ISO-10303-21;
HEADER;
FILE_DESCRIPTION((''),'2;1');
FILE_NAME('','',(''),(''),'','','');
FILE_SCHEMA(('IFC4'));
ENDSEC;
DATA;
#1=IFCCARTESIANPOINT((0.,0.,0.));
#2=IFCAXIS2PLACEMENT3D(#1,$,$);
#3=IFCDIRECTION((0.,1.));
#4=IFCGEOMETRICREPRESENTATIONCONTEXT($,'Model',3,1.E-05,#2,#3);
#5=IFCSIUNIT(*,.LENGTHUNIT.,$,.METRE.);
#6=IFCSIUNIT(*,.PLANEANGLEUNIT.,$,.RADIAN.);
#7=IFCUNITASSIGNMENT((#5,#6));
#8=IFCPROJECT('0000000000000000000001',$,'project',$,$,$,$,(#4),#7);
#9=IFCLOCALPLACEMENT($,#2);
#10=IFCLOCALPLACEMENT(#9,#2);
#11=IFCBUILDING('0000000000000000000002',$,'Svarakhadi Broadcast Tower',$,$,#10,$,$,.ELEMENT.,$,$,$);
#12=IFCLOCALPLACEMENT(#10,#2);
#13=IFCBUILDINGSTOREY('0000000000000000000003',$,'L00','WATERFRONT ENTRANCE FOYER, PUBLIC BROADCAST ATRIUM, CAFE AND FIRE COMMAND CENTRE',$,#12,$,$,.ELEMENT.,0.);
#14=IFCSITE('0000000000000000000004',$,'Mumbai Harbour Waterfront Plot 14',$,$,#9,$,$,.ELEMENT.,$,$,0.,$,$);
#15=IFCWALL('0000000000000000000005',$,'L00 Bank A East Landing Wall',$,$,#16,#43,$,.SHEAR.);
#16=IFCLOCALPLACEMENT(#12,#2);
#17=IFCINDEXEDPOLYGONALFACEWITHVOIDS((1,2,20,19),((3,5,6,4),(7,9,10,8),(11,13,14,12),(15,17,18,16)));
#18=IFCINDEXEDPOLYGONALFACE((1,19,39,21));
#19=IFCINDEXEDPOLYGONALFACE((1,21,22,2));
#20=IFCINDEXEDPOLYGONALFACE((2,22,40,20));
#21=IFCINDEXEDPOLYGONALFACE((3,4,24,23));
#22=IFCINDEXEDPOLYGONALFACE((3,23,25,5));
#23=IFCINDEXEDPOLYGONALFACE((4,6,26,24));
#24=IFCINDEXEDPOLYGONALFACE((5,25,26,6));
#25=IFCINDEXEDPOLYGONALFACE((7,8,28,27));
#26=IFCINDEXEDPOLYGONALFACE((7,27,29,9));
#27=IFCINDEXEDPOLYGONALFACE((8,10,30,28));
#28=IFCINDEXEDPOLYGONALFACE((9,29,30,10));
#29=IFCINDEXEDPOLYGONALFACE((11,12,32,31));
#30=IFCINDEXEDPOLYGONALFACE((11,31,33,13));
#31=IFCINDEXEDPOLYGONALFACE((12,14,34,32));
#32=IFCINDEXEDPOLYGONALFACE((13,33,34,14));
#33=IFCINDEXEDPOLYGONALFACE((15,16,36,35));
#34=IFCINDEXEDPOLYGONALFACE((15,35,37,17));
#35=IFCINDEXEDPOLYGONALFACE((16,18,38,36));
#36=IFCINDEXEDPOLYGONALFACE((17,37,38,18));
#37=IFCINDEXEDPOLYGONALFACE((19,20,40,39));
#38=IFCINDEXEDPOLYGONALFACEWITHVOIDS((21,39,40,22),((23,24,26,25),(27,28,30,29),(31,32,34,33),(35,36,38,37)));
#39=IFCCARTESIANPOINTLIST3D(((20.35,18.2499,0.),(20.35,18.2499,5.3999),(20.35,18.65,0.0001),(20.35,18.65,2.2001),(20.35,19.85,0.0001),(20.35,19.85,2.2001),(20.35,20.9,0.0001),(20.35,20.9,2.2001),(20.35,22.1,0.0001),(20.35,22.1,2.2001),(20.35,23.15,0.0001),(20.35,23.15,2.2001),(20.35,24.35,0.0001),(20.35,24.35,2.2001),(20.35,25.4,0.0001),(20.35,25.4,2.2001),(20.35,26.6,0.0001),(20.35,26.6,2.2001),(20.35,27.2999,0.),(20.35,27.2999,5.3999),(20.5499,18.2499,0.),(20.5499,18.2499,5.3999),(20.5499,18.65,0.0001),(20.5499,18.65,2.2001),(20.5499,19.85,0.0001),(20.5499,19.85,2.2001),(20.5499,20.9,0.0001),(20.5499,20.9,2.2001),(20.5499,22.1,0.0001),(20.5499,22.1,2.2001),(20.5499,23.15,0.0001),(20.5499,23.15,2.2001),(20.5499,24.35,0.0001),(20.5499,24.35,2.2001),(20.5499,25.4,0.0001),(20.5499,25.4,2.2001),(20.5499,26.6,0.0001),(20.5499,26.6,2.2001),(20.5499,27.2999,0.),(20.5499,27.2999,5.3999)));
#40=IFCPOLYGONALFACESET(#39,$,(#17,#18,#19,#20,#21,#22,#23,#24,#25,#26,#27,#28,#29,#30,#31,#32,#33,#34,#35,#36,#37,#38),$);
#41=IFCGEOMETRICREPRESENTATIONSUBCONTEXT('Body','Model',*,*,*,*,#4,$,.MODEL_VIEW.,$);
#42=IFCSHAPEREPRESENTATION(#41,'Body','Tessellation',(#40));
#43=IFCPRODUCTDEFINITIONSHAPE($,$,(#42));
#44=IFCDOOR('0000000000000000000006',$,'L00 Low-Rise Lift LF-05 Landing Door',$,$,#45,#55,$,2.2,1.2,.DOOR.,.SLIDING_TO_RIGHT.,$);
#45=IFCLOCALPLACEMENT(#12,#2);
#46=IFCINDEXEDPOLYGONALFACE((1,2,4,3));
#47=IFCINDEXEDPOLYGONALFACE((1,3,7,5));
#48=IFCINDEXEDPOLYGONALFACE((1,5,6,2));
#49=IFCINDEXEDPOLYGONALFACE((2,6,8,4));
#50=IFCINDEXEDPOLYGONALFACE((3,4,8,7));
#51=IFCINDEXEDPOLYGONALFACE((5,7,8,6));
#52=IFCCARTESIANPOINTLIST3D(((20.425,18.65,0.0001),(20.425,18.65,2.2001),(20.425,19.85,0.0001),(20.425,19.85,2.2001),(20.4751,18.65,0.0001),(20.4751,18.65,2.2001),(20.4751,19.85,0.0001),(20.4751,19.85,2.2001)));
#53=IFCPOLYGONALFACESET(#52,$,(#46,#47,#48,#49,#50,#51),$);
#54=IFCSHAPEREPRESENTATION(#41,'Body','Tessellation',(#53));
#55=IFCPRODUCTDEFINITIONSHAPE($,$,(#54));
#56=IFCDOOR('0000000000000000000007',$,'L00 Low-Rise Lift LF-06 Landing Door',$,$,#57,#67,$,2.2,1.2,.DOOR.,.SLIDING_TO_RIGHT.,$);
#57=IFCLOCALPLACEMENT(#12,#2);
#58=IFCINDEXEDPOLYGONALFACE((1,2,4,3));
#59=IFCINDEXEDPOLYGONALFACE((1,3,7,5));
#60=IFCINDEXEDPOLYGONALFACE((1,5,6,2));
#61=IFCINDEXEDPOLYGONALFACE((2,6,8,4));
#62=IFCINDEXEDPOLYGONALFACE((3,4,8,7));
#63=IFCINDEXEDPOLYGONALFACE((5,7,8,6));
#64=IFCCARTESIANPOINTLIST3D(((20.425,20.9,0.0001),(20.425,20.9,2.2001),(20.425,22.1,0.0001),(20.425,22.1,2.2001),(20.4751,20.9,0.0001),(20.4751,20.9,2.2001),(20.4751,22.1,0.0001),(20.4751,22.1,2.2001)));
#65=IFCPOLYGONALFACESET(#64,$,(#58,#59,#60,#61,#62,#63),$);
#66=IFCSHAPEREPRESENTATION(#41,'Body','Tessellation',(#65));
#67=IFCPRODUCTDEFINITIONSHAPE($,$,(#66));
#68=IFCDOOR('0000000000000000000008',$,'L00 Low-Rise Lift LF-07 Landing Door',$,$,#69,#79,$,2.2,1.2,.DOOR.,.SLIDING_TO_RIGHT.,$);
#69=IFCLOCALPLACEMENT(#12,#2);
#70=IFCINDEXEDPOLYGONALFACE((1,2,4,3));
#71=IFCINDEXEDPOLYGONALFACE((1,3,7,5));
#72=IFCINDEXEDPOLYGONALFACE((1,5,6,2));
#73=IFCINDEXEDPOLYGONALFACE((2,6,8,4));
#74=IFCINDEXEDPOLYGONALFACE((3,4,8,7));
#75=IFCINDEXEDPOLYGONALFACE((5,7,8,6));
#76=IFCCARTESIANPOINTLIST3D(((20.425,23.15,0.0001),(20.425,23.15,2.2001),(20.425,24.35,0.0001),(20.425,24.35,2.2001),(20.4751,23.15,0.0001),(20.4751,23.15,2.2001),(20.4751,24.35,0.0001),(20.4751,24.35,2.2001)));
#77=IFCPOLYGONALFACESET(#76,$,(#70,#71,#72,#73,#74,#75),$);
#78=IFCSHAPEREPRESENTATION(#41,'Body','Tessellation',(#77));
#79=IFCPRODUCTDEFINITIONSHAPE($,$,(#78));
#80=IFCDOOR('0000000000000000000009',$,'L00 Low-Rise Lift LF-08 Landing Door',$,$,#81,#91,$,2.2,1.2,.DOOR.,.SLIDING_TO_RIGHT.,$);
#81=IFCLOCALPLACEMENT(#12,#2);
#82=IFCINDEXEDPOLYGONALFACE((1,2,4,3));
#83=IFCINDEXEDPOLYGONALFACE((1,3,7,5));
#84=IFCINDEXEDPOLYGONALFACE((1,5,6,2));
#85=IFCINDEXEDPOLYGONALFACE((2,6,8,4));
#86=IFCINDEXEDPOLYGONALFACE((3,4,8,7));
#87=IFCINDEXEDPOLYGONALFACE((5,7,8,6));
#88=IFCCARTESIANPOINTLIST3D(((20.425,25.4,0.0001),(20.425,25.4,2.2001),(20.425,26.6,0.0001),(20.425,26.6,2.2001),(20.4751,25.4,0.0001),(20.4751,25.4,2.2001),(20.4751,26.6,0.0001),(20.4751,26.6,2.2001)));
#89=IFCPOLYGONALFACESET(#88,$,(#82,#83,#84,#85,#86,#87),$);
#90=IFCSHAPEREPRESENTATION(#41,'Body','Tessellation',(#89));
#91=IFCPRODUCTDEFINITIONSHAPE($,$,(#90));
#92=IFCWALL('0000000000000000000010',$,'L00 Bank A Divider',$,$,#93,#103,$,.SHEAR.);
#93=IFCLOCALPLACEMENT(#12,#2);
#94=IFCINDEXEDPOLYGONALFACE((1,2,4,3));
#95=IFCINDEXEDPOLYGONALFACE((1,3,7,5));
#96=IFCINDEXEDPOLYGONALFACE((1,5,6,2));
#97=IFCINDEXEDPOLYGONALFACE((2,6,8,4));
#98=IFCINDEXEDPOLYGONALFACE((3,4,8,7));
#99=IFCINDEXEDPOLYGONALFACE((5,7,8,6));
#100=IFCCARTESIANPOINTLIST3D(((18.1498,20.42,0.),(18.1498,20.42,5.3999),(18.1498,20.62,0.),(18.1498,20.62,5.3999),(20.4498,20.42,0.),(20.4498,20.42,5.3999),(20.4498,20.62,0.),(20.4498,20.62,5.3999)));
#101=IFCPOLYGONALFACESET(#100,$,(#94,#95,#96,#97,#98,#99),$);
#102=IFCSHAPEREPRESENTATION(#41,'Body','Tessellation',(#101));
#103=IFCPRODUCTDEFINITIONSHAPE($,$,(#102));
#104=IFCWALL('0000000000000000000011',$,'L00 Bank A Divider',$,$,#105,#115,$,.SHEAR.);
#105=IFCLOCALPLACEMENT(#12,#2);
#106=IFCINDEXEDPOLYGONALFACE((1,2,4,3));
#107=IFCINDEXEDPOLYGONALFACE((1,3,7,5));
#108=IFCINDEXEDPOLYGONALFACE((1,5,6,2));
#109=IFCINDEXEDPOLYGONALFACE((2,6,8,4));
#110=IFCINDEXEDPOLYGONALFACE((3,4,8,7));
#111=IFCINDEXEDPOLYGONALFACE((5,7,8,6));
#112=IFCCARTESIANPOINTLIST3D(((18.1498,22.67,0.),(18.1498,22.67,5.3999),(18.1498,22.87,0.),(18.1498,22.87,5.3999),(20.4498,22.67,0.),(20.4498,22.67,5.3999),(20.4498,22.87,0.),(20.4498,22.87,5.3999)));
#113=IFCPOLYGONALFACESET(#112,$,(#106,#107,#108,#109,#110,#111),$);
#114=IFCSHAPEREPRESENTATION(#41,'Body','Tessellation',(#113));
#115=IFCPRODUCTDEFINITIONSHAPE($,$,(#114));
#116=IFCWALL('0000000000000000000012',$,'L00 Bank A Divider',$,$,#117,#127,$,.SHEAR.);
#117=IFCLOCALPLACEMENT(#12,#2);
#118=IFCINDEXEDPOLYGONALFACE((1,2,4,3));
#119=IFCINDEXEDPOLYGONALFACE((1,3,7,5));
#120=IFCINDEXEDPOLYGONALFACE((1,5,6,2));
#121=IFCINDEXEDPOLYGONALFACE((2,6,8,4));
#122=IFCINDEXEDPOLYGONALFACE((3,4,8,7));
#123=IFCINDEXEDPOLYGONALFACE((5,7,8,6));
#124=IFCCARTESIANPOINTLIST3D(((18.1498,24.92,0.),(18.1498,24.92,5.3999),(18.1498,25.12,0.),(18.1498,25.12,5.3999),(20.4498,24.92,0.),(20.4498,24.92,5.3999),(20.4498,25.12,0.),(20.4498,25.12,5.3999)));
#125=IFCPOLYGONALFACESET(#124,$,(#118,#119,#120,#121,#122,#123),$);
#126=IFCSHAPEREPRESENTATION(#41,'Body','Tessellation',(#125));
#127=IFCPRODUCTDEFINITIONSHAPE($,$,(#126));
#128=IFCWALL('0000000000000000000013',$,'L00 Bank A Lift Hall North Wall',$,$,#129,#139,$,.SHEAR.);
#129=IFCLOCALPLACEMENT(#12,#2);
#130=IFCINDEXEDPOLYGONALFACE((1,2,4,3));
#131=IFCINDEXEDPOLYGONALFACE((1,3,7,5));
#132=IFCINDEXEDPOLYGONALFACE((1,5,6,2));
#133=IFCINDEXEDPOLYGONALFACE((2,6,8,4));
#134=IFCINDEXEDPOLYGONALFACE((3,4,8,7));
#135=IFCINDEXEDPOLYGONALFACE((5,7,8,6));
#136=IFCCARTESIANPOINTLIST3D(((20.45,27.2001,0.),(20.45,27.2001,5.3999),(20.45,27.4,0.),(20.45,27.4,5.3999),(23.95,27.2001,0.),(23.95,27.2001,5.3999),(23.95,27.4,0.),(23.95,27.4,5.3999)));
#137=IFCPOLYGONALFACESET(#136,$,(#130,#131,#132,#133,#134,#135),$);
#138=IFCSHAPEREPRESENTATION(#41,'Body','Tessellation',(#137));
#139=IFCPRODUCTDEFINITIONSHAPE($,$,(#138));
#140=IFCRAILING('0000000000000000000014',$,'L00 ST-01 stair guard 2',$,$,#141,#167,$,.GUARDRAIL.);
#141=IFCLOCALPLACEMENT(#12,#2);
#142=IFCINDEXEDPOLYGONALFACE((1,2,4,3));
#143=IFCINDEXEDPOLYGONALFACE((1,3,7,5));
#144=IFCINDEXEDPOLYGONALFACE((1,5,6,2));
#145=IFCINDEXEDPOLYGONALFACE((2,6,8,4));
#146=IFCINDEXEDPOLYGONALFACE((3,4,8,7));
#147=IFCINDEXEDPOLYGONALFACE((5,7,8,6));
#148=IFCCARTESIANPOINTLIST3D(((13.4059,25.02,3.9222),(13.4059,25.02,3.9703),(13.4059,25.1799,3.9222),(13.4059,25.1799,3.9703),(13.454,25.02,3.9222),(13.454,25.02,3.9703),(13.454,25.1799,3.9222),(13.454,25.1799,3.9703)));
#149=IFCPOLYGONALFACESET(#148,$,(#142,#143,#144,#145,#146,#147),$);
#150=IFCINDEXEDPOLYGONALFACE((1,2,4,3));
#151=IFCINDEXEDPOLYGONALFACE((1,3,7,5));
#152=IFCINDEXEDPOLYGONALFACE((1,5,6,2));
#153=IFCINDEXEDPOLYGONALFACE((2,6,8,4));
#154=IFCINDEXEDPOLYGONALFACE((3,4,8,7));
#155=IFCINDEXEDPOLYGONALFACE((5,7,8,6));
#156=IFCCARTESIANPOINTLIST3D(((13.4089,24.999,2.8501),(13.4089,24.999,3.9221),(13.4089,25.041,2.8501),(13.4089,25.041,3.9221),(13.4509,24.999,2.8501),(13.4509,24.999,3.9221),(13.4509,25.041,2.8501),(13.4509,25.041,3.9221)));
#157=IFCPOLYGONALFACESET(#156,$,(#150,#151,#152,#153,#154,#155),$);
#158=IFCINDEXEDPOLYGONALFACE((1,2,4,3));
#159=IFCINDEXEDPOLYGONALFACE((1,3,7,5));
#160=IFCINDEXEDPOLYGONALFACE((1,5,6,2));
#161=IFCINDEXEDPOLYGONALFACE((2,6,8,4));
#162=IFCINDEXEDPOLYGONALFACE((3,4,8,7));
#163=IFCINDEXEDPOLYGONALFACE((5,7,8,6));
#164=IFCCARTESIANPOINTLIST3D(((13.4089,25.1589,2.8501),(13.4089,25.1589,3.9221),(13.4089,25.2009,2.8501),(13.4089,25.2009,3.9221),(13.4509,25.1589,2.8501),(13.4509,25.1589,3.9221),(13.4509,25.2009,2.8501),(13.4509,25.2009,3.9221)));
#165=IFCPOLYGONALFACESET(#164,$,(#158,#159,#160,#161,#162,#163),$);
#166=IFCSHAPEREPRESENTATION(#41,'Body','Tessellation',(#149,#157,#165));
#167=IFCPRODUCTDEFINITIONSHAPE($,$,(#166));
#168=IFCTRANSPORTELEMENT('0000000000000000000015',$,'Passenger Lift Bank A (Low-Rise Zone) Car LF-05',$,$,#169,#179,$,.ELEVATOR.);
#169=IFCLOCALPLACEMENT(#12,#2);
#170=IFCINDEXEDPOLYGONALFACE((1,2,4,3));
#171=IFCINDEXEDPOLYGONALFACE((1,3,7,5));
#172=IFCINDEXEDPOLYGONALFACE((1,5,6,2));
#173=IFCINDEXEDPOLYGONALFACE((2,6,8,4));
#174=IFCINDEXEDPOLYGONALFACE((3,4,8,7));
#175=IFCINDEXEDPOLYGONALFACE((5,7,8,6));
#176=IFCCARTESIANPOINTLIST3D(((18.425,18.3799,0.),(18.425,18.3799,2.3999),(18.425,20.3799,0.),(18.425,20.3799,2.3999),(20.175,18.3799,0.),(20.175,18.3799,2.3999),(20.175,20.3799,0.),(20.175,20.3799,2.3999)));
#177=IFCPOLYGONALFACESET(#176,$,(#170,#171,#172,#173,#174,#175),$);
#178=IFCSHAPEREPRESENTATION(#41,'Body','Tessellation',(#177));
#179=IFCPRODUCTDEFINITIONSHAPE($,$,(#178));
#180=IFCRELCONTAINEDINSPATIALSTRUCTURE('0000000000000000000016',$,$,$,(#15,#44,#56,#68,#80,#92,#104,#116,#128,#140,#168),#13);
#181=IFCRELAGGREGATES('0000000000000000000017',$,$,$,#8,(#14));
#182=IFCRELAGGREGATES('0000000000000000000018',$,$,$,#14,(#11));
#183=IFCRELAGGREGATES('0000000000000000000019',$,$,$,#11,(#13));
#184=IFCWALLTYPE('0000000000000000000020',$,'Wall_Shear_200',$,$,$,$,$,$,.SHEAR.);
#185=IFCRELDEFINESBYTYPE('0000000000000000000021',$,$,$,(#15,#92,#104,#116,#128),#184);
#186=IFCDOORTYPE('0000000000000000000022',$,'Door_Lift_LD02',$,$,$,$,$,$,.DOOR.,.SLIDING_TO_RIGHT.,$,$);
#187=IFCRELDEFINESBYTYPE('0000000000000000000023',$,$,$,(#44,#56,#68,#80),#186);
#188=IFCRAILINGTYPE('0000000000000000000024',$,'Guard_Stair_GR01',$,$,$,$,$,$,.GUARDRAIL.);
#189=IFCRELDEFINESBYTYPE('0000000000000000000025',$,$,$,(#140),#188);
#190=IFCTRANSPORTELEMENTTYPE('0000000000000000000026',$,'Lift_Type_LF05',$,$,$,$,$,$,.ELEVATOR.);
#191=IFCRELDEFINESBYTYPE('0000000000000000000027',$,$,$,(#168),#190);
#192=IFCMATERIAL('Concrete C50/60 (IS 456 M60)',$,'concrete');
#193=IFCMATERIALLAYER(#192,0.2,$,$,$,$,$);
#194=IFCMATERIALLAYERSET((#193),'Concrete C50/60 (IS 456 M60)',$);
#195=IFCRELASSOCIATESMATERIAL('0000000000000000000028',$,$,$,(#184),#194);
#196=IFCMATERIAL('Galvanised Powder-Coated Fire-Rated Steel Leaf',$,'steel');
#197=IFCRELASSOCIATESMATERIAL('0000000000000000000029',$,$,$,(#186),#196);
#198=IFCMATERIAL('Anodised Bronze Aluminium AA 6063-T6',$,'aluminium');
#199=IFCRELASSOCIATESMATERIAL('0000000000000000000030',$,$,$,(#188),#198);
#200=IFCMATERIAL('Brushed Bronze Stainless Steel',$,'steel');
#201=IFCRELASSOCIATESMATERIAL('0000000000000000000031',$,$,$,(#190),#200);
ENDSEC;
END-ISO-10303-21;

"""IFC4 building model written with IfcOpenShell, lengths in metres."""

from ifc_helpers import new_model, si_unit, direction, frame, frame_2d, origin, origin_2d, place, context, subcontext, project, spatial, rectangle, extrude, material, layer, layer_set, type_object, element, fill, save


model = new_model("IFC4")

# Units and contexts
model_context = context("Model", 3, precision=1e-05, world=origin(), true_north=direction((0.0, 1.0)))
body_context = subcontext(model_context, "Body", "Model", "MODEL_VIEW")
ifc_project = project(units=[si_unit("LENGTHUNIT", "METRE"), si_unit("PLANEANGLEUNIT", "RADIAN")], contexts=[model_context])

# Site, building, storey
site_placement = place(None, origin())
site = spatial("IfcSite", under=ifc_project, at=site_placement, Name="Mumbai Harbour Waterfront Plot 14", CompositionType="ELEMENT", RefElevation=0.0)
building_placement = place(site_placement, origin())
building = spatial("IfcBuilding", under=site, at=building_placement, Name="Svarakhadi Broadcast Tower", CompositionType="ELEMENT")
storey_placement = place(building_placement, origin())
storey = spatial("IfcBuildingStorey", under=building, at=storey_placement, Name="L00", Description="WATERFRONT ENTRANCE FOYER, PUBLIC BROADCAST ATRIUM, CAFE AND FIRE COMMAND CENTRE", CompositionType="ELEMENT", Elevation=0.0)

# Shared definitions
ifc_material_1 = material(Name="Concrete C50/60 (IS 456 M60)", Category="concrete")
ifc_layer_1 = layer(ifc_material_1, 0.2)
ifc_layer_set_1 = layer_set([ifc_layer_1], Name="Concrete C50/60 (IS 456 M60)")
wall_type_1 = type_object("IfcWallType", Name="Wall_Shear_200", PredefinedType="SHEAR", material=ifc_layer_set_1)

# Wall, openings, doors
wall_1_placement = place(storey_placement, frame((20.45, 18.25, 0.0), z_axis=(0.0, 0.0, 1.0), x_axis=(0.0, 1.0, 0.0)))
wall_1 = element("IfcWall", 1, at=wall_1_placement, inside=storey, type_object=wall_type_1, Name="L00 Bank A East Landing Wall", PredefinedType="SHEAR", context=body_context, shape_type="SweptSolid", body=[
    extrude(rectangle(XDim=9.05, YDim=0.2, at=frame_2d((4.5249, 0.0))), origin(), (0.0, 0.0, 1.0), 5.3999),
])
opening_1_placement = place(wall_1_placement, frame((0.3999, 0.0, 0.0)))
opening_1 = element("IfcOpeningElement", 2, at=opening_1_placement, cuts=wall_1, PredefinedType="OPENING", context=body_context, shape_type="SweptSolid", body=[
    extrude(rectangle(XDim=1.2, YDim=2.2, at=frame_2d((0.6001, 1.1001))), frame((0.0, 0.1099, 0.0), z_axis=(0.0, -1.0, 0.0), x_axis=(1.0, 0.0, 0.0)), (0.0, 0.0, 1.0), 0.22),
])
opening_2_placement = place(wall_1_placement, frame((2.6499, 0.0, 0.0)))
opening_2 = element("IfcOpeningElement", 3, at=opening_2_placement, cuts=wall_1, PredefinedType="OPENING", context=body_context, shape_type="SweptSolid", body=[
    extrude(rectangle(XDim=1.2, YDim=2.2, at=frame_2d((0.6001, 1.1001))), frame((0.0, 0.1099, 0.0), z_axis=(0.0, -1.0, 0.0), x_axis=(1.0, 0.0, 0.0)), (0.0, 0.0, 1.0), 0.22),
])
opening_3_placement = place(wall_1_placement, frame((4.8999, 0.0, 0.0)))
opening_3 = element("IfcOpeningElement", 4, at=opening_3_placement, cuts=wall_1, PredefinedType="OPENING", context=body_context, shape_type="SweptSolid", body=[
    extrude(rectangle(XDim=1.2, YDim=2.2, at=frame_2d((0.6001, 1.1001))), frame((0.0, 0.1099, 0.0), z_axis=(0.0, -1.0, 0.0), x_axis=(1.0, 0.0, 0.0)), (0.0, 0.0, 1.0), 0.22),
])
opening_4_placement = place(wall_1_placement, frame((7.1499, 0.0, 0.0)))
opening_4 = element("IfcOpeningElement", 5, at=opening_4_placement, cuts=wall_1, PredefinedType="OPENING", context=body_context, shape_type="SweptSolid", body=[
    extrude(rectangle(XDim=1.2, YDim=2.2, at=frame_2d((0.6001, 1.1001))), frame((0.0, 0.1099, 0.0), z_axis=(0.0, -1.0, 0.0), x_axis=(1.0, 0.0, 0.0)), (0.0, 0.0, 1.0), 0.22),
])
ifc_material_2 = material(Name="Galvanised Powder-Coated Fire-Rated Steel Leaf", Category="steel")
door_type = type_object("IfcDoorType", Name="Door_Lift_LD02", OperationType="SLIDING_TO_RIGHT", PredefinedType="DOOR", material=ifc_material_2)
door_1_placement = place(opening_1_placement, origin())
door_1 = element("IfcDoor", 6, at=door_1_placement, inside=storey, type_object=door_type, Name="L00 Low-Rise Lift LF-05 Landing Door", OperationType="SLIDING_TO_RIGHT", OverallHeight=2.2, OverallWidth=1.2, PredefinedType="DOOR", context=body_context, shape_type="SweptSolid", body=[
    extrude(rectangle(XDim=1.2, YDim=2.2, at=frame_2d((0.6001, 1.1001))), frame((0.0, 0.0249, 0.0), z_axis=(0.0, -1.0, 0.0), x_axis=(1.0, 0.0, 0.0)), (0.0, 0.0, 1.0), 0.05),
])
fill(opening_1, door_1)
door_2_placement = place(opening_2_placement, origin())
door_2 = element("IfcDoor", 7, at=door_2_placement, inside=storey, type_object=door_type, Name="L00 Low-Rise Lift LF-06 Landing Door", OperationType="SLIDING_TO_RIGHT", OverallHeight=2.2, OverallWidth=1.2, PredefinedType="DOOR", context=body_context, shape_type="SweptSolid", body=[
    extrude(rectangle(XDim=1.2, YDim=2.2, at=frame_2d((0.6001, 1.1001))), frame((0.0, 0.0249, 0.0), z_axis=(0.0, -1.0, 0.0), x_axis=(1.0, 0.0, 0.0)), (0.0, 0.0, 1.0), 0.05),
])
fill(opening_2, door_2)
door_3_placement = place(opening_3_placement, origin())
door_3 = element("IfcDoor", 8, at=door_3_placement, inside=storey, type_object=door_type, Name="L00 Low-Rise Lift LF-07 Landing Door", OperationType="SLIDING_TO_RIGHT", OverallHeight=2.2, OverallWidth=1.2, PredefinedType="DOOR", context=body_context, shape_type="SweptSolid", body=[
    extrude(rectangle(XDim=1.2, YDim=2.2, at=frame_2d((0.6001, 1.1001))), frame((0.0, 0.0249, 0.0), z_axis=(0.0, -1.0, 0.0), x_axis=(1.0, 0.0, 0.0)), (0.0, 0.0, 1.0), 0.05),
])
fill(opening_3, door_3)
door_4_placement = place(opening_4_placement, origin())
door_4 = element("IfcDoor", 9, at=door_4_placement, inside=storey, type_object=door_type, Name="L00 Low-Rise Lift LF-08 Landing Door", OperationType="SLIDING_TO_RIGHT", OverallHeight=2.2, OverallWidth=1.2, PredefinedType="DOOR", context=body_context, shape_type="SweptSolid", body=[
    extrude(rectangle(XDim=1.2, YDim=2.2, at=frame_2d((0.6001, 1.1001))), frame((0.0, 0.0249, 0.0), z_axis=(0.0, -1.0, 0.0), x_axis=(1.0, 0.0, 0.0)), (0.0, 0.0, 1.0), 0.05),
])
fill(opening_4, door_4)

# Walls
for number, where, z_axis, x_axis, name in (
    (10, (18.1499, 20.52, 0.0), (0.0, 0.0, 1.0), (1.0, 0.0, 0.0), "L00 Bank A Divider"),
    (11, (18.1499, 22.77, 0.0), (0.0, 0.0, 1.0), (1.0, 0.0, 0.0), "L00 Bank A Divider"),
    (12, (18.1499, 25.02, 0.0), (0.0, 0.0, 1.0), (1.0, 0.0, 0.0), "L00 Bank A Divider"),
):
    element("IfcWall", number, at=place(storey_placement, frame(where, z_axis=z_axis, x_axis=x_axis)), inside=storey, type_object=wall_type_1, Name=name, PredefinedType="SHEAR", context=body_context, shape_type="SweptSolid", body=[
        extrude(rectangle(XDim=2.3, YDim=0.2, at=frame_2d((1.1499, 0.0))), origin(), (0.0, 0.0, 1.0), 5.3999),
    ])
wall_2_placement = place(storey_placement, frame((20.45, 27.3, 0.0), z_axis=(0.0, 0.0, 1.0), x_axis=(1.0, 0.0, 0.0)))
element("IfcWall", 13, at=wall_2_placement, inside=storey, type_object=wall_type_1, Name="L00 Bank A Lift Hall North Wall", PredefinedType="SHEAR", context=body_context, shape_type="SweptSolid", body=[
    extrude(rectangle(XDim=3.5, YDim=0.2, at=frame_2d((1.75, 0.0))), origin(), (0.0, 0.0, 1.0), 5.3999),
])

# Railing
ifc_material_3 = material(Name="Anodised Bronze Aluminium AA 6063-T6", Category="aluminium")
railing_type = type_object("IfcRailingType", Name="Guard_Stair_GR01", PredefinedType="GUARDRAIL", material=ifc_material_3)
railing_placement = place(storey_placement, frame((13.4299, 25.02, 2.8501)))
element("IfcRailing", 14, at=railing_placement, inside=storey, type_object=railing_type, Name="L00 ST-01 stair guard 2", PredefinedType="GUARDRAIL", context=body_context, shape_type="SweptSolid", body=[
    extrude(rectangle(XDim=0.0481, YDim=0.0481, at=origin_2d()), frame((0.0, 0.0, 1.0962), z_axis=(0.0, 1.0, 0.0), x_axis=(-1.0, 0.0, 0.0)), (0.0, 0.0, 1.0), 0.1599),
    extrude(rectangle(XDim=0.042, YDim=0.042, at=origin_2d()), origin(), (0.0, 0.0, 1.0), 1.072),
    extrude(rectangle(XDim=0.042, YDim=0.042, at=origin_2d()), frame((0.0, 0.1599, 0.0)), (0.0, 0.0, 1.0), 1.072),
])

# Transport element
ifc_material_4 = material(Name="Brushed Bronze Stainless Steel", Category="steel")
transport_element_type_1 = type_object("IfcTransportElementType", Name="Lift_Type_LF05", PredefinedType="ELEVATOR", material=ifc_material_4)
transport_element_1_placement = place(storey_placement, frame((19.3, 19.3799, 0.0), z_axis=(0.0, 0.0, 1.0), x_axis=(0.0, 1.0, 0.0)))
element("IfcTransportElement", 15, at=transport_element_1_placement, inside=storey, type_object=transport_element_type_1, Name="Passenger Lift Bank A (Low-Rise Zone) Car LF-05", PredefinedType="ELEVATOR", context=body_context, shape_type="SweptSolid", body=[
    extrude(rectangle(XDim=2.0, YDim=1.75, at=origin_2d()), origin(), (0.0, 0.0, 1.0), 2.3999),
])

save(model, "model.ifc")
